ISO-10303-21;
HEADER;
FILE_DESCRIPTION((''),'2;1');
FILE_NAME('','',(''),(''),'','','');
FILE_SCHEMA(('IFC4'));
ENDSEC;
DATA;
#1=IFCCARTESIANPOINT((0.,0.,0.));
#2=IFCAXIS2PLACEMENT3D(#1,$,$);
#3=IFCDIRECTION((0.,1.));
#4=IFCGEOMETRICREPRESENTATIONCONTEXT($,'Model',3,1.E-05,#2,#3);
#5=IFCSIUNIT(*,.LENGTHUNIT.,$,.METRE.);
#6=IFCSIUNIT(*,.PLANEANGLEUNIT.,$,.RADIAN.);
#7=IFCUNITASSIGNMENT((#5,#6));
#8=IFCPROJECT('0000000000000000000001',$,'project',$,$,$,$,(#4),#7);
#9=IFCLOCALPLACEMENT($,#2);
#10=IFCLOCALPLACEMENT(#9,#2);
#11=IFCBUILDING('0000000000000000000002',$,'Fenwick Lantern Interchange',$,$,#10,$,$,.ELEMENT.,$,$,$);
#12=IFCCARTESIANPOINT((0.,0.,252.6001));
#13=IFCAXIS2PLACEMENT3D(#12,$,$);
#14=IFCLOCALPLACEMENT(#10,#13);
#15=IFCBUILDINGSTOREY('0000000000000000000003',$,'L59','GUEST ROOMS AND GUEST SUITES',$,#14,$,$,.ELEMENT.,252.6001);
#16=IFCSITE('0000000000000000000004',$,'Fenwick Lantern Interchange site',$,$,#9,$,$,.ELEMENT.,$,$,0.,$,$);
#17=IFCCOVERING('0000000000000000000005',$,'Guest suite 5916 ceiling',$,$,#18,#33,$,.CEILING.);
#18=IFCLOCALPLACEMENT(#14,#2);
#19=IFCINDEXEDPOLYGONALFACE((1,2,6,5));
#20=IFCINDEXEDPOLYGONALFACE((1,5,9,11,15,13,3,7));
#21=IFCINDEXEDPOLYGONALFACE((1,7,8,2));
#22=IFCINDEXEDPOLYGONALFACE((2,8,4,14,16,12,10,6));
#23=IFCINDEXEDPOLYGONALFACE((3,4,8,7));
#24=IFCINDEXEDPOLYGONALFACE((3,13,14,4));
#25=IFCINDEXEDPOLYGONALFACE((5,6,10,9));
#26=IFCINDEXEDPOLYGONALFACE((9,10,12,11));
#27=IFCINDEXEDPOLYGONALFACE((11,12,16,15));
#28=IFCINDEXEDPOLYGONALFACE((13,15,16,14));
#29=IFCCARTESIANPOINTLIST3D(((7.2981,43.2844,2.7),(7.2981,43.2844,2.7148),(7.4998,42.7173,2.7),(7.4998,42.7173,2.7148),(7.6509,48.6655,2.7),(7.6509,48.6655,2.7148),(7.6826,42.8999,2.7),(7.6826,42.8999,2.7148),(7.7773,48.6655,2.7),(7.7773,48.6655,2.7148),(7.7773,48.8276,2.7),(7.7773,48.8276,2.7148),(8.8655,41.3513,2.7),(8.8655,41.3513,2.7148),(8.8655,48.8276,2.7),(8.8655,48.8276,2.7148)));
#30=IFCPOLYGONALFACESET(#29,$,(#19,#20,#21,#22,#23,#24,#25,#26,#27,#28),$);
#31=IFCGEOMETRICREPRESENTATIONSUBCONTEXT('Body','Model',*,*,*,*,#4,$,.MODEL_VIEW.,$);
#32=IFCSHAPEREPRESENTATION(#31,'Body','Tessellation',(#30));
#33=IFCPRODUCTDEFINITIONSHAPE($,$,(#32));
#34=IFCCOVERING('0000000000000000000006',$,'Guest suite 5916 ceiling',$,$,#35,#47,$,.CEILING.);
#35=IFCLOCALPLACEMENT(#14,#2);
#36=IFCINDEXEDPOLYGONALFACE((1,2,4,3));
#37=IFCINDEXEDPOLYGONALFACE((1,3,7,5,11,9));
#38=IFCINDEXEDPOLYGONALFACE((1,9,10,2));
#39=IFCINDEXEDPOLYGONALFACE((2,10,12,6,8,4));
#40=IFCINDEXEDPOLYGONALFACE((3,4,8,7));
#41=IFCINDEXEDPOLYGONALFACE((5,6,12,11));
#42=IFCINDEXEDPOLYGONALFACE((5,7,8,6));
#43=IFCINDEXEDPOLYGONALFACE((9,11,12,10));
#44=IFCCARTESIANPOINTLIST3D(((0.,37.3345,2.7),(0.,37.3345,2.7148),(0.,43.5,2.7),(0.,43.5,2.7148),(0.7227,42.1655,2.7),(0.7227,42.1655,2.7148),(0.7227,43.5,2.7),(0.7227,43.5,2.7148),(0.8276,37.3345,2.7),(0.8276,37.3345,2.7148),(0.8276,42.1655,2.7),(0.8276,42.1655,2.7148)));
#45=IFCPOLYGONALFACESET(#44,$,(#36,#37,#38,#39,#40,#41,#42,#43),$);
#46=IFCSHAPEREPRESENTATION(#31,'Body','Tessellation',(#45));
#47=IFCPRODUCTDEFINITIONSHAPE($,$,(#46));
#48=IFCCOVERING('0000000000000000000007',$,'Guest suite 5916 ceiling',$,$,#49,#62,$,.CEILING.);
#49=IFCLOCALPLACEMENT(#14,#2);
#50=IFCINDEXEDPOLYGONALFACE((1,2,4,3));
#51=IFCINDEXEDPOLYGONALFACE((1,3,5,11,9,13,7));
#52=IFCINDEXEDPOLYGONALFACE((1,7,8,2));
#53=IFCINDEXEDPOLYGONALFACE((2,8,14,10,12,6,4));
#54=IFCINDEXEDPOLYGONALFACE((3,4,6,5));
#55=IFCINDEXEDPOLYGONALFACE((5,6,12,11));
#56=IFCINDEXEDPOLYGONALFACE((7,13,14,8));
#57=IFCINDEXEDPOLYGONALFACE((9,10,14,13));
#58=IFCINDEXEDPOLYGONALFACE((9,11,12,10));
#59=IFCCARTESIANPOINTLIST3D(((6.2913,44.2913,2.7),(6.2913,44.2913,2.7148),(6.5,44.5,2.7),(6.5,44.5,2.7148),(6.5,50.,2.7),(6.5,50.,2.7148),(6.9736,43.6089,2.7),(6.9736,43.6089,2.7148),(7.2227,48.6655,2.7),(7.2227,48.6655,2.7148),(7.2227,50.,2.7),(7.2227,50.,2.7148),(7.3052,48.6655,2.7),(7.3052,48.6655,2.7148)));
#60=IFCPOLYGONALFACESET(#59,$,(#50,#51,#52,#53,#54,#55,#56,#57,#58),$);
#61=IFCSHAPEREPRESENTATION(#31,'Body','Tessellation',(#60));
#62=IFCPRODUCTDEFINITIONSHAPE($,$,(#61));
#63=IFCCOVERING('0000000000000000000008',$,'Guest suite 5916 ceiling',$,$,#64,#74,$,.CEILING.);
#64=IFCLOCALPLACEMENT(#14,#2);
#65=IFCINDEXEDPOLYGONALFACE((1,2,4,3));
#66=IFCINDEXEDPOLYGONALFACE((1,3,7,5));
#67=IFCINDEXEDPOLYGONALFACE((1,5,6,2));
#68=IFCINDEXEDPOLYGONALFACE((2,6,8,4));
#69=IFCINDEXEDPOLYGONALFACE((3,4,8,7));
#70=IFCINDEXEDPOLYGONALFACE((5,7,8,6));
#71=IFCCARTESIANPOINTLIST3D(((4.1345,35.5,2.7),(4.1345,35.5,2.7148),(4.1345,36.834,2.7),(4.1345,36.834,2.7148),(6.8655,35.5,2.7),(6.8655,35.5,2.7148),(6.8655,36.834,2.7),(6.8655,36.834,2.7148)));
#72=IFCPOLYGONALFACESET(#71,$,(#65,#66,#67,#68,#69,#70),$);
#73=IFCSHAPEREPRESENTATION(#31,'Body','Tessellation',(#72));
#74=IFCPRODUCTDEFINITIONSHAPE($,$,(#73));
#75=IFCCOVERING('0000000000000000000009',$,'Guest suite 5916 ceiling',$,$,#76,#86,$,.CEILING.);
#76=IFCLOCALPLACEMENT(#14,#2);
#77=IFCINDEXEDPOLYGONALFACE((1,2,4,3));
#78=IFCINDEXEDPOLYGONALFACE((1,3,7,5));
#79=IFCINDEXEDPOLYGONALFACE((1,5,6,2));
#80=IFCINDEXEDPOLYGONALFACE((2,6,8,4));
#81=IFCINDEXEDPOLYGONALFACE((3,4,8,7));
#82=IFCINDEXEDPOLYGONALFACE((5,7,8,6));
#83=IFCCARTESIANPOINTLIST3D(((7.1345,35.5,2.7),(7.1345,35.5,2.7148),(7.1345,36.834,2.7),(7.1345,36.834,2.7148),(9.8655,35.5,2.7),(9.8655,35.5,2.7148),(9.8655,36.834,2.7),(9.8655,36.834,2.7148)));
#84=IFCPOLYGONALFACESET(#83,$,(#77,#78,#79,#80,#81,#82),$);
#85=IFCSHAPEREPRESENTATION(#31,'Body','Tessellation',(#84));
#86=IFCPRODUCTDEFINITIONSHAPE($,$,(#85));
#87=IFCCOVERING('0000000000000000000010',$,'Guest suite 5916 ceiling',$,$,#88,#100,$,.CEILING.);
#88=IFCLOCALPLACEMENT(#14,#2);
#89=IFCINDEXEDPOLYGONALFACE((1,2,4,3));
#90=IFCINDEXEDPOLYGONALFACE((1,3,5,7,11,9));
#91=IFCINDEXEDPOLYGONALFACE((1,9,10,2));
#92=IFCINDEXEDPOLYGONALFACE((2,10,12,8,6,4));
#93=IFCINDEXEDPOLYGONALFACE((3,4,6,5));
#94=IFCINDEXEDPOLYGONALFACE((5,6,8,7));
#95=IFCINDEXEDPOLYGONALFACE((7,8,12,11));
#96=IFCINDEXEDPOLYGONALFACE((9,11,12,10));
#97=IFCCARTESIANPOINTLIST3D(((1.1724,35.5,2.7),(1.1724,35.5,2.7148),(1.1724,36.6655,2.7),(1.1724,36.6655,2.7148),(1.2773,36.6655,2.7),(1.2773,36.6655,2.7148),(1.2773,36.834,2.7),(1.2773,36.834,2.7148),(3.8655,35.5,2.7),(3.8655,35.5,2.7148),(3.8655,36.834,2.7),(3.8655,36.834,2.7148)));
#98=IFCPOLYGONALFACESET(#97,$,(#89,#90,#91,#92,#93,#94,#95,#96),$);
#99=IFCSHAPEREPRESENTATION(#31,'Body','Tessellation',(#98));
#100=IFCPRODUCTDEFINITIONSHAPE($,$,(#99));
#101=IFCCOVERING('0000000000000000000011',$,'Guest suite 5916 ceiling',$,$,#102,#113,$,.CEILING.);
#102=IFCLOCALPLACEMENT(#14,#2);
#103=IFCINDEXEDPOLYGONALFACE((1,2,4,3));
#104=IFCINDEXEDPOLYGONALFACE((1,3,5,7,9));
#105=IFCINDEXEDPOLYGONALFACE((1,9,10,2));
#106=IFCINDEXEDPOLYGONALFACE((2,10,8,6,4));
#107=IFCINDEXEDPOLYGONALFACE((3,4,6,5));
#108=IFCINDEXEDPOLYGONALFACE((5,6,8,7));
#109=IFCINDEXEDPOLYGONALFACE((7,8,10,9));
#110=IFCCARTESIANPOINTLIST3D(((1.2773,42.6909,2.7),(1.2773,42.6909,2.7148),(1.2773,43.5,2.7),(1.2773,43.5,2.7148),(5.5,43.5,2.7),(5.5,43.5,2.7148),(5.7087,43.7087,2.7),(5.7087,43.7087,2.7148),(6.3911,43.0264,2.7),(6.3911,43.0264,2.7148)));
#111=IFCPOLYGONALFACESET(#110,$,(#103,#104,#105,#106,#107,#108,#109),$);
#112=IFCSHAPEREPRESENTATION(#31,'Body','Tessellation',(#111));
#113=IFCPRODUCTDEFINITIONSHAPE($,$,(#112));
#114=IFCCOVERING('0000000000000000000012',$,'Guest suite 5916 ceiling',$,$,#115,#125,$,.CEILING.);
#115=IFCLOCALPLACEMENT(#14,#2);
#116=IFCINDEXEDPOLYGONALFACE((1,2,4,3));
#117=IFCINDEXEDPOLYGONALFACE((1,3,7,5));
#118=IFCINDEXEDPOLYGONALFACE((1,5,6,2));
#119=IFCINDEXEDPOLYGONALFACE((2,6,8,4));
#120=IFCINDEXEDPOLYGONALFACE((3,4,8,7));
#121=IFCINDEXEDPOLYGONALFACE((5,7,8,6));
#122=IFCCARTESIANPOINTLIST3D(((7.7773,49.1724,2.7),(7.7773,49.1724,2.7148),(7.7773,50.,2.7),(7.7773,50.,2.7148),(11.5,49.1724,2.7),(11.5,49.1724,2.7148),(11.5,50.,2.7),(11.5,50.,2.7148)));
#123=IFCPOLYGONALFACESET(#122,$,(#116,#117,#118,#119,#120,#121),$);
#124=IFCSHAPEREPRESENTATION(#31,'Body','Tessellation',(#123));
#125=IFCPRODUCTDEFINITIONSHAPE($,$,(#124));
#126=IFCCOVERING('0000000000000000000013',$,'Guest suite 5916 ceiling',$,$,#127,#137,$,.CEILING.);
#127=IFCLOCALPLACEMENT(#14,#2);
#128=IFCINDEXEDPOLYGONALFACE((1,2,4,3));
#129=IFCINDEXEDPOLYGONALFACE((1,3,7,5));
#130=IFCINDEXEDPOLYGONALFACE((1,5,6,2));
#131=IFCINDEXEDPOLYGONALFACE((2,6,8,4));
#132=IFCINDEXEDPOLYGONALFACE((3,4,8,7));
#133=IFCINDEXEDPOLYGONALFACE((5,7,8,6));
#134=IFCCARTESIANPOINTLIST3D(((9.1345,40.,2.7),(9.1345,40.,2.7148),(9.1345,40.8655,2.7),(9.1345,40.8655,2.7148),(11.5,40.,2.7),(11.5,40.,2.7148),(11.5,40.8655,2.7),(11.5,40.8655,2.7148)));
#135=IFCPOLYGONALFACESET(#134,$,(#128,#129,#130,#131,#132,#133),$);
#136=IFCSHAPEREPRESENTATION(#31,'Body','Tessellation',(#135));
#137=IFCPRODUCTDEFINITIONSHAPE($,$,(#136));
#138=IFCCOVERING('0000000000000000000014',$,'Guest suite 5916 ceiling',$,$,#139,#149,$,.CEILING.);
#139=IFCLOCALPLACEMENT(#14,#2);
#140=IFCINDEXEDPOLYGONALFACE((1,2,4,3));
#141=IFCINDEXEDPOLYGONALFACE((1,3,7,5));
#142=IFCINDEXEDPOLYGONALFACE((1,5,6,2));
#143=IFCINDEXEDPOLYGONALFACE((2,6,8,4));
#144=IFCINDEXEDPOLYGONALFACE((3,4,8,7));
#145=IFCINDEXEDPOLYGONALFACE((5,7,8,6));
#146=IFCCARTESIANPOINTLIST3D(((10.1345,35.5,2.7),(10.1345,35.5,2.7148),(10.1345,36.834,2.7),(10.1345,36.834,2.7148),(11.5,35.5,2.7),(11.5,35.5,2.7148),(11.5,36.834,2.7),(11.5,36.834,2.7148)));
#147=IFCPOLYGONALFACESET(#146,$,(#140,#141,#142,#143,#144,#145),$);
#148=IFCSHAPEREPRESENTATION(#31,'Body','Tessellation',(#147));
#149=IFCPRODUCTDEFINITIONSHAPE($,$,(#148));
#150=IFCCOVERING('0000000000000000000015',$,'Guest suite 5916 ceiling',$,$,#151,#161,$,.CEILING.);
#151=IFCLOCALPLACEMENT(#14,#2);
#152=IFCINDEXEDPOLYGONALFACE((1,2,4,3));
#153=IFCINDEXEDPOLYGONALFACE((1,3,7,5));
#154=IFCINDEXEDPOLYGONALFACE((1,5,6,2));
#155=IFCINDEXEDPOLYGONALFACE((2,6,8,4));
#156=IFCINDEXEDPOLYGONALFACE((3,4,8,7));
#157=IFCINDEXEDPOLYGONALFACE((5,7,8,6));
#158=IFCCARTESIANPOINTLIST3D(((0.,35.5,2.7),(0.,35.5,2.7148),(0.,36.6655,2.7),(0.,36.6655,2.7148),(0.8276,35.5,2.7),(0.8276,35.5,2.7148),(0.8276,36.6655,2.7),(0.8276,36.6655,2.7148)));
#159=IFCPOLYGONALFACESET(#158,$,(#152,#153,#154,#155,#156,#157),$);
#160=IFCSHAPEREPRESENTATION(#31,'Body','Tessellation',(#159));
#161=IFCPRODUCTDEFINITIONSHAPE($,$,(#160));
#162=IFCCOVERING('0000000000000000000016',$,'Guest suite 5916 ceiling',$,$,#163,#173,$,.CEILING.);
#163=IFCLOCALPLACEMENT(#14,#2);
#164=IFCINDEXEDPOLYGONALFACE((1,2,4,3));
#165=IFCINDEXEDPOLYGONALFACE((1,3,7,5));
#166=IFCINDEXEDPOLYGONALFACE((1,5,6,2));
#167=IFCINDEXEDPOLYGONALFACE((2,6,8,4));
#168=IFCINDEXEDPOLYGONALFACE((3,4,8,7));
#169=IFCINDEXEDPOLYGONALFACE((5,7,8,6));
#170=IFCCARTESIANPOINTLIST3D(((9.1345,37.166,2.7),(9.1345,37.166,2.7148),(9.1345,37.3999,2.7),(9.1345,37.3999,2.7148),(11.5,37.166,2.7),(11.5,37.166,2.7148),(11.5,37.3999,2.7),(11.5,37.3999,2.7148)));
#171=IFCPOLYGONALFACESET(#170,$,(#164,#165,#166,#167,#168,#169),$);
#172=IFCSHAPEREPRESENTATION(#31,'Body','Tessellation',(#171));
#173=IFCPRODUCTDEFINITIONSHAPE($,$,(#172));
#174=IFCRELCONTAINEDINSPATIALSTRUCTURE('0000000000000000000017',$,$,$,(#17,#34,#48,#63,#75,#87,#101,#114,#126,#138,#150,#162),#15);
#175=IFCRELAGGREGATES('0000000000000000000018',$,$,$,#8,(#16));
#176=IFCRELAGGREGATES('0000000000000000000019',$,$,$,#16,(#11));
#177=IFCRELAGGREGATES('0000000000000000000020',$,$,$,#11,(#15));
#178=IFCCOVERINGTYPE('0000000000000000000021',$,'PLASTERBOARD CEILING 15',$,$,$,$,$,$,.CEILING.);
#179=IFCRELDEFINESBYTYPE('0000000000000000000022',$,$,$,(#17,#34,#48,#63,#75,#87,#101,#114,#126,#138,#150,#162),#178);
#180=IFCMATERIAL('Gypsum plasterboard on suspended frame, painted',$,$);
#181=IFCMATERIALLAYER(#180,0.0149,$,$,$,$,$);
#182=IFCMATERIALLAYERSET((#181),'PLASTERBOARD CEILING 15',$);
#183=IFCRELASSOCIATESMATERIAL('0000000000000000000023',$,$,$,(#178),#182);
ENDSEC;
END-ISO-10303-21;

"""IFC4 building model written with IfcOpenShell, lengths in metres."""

from ifc_helpers import new_model, si_unit, direction, frame, origin, place, context, subcontext, project, spatial, polyline, outline, extrude, material, layer, layer_set, type_object, element, save


model = new_model("IFC4")

# Units and contexts
model_context = context("Model", 3, precision=1e-05, world=origin(), true_north=direction((0.0, 1.0)))
body_context = subcontext(model_context, "Body", "Model", "MODEL_VIEW")
ifc_project = project(units=[si_unit("LENGTHUNIT", "METRE"), si_unit("PLANEANGLEUNIT", "RADIAN")], contexts=[model_context])

# Site, building, storey
site_placement = place(None, origin())
site = spatial("IfcSite", under=ifc_project, at=site_placement, Name="Fenwick Lantern Interchange site", CompositionType="ELEMENT", RefElevation=0.0)
building_placement = place(site_placement, origin())
building = spatial("IfcBuilding", under=site, at=building_placement, Name="Fenwick Lantern Interchange", CompositionType="ELEMENT")
storey_placement = place(building_placement, frame((0.0, 0.0, 252.6001)))
storey = spatial("IfcBuildingStorey", under=building, at=storey_placement, Name="L59", Description="GUEST ROOMS AND GUEST SUITES", CompositionType="ELEMENT", Elevation=252.6001)

# Coverings
ifc_material = material(Name="Gypsum plasterboard on suspended frame, painted")
ifc_layer = layer(ifc_material, 0.0149)
ifc_layer_set = layer_set([ifc_layer], Name="PLASTERBOARD CEILING 15")
covering_type = type_object("IfcCoveringType", Name="PLASTERBOARD CEILING 15", PredefinedType="CEILING", material=ifc_layer_set)
covering_1_placement = place(storey_placement, frame((0.0, 0.0, 2.7)))
element("IfcCovering", 1, at=covering_1_placement, inside=storey, type_object=covering_type, Name="Guest suite 5916 ceiling", PredefinedType="CEILING", context=body_context, shape_type="SweptSolid", body=[
    extrude(outline(polyline([(7.7773, 48.6655), (7.6509, 48.6655), (7.2981, 43.2844), (7.6826, 42.8999), (7.4998, 42.7173), (8.8655, 41.3513), (8.8655, 48.8276), (7.7773, 48.8276), (7.7773, 48.6655)])), origin(), (0.0, 0.0, 1.0), 0.0149),
])
covering_2_placement = place(storey_placement, frame((0.0, 0.0, 2.7)))
element("IfcCovering", 2, at=covering_2_placement, inside=storey, type_object=covering_type, Name="Guest suite 5916 ceiling", PredefinedType="CEILING", context=body_context, shape_type="SweptSolid", body=[
    extrude(outline(polyline([(0.0, 37.3345), (0.8276, 37.3345), (0.8276, 42.1655), (0.7227, 42.1655), (0.7227, 43.5), (0.0, 43.5), (0.0, 37.3345)])), origin(), (0.0, 0.0, 1.0), 0.0149),
])
covering_3_placement = place(storey_placement, frame((0.0, 0.0, 2.7)))
element("IfcCovering", 3, at=covering_3_placement, inside=storey, type_object=covering_type, Name="Guest suite 5916 ceiling", PredefinedType="CEILING", context=body_context, shape_type="SweptSolid", body=[
    extrude(outline(polyline([(7.3052, 48.6655), (7.2227, 48.6655), (7.2227, 50.0), (6.5, 50.0), (6.5, 44.5), (6.2913, 44.2913), (6.9736, 43.6089), (7.3052, 48.6655)])), origin(), (0.0, 0.0, 1.0), 0.0149),
])
covering_4_placement = place(storey_placement, frame((0.0, 0.0, 2.7)))
element("IfcCovering", 4, at=covering_4_placement, inside=storey, type_object=covering_type, Name="Guest suite 5916 ceiling", PredefinedType="CEILING", context=body_context, shape_type="SweptSolid", body=[
    extrude(outline(polyline([(4.1345, 35.5), (6.8655, 35.5), (6.8655, 36.834), (4.1345, 36.834), (4.1345, 35.5)])), origin(), (0.0, 0.0, 1.0), 0.0149),
])
covering_5_placement = place(storey_placement, frame((0.0, 0.0, 2.7)))
element("IfcCovering", 5, at=covering_5_placement, inside=storey, type_object=covering_type, Name="Guest suite 5916 ceiling", PredefinedType="CEILING", context=body_context, shape_type="SweptSolid", body=[
    extrude(outline(polyline([(7.1345, 35.5), (9.8655, 35.5), (9.8655, 36.834), (7.1345, 36.834), (7.1345, 35.5)])), origin(), (0.0, 0.0, 1.0), 0.0149),
])
covering_6_placement = place(storey_placement, frame((0.0, 0.0, 2.7)))
element("IfcCovering", 6, at=covering_6_placement, inside=storey, type_object=covering_type, Name="Guest suite 5916 ceiling", PredefinedType="CEILING", context=body_context, shape_type="SweptSolid", body=[
    extrude(outline(polyline([(1.1724, 35.5), (3.8655, 35.5), (3.8655, 36.834), (1.2773, 36.834), (1.2773, 36.6655), (1.1724, 36.6655), (1.1724, 35.5)])), origin(), (0.0, 0.0, 1.0), 0.0149),
])
covering_7_placement = place(storey_placement, frame((0.0, 0.0, 2.7)))
element("IfcCovering", 7, at=covering_7_placement, inside=storey, type_object=covering_type, Name="Guest suite 5916 ceiling", PredefinedType="CEILING", context=body_context, shape_type="SweptSolid", body=[
    extrude(outline(polyline([(1.2773, 43.5), (1.2773, 42.6909), (6.3911, 43.0264), (5.7087, 43.7087), (5.5, 43.5), (1.2773, 43.5)])), origin(), (0.0, 0.0, 1.0), 0.0149),
])
covering_8_placement = place(storey_placement, frame((0.0, 0.0, 2.7)))
element("IfcCovering", 8, at=covering_8_placement, inside=storey, type_object=covering_type, Name="Guest suite 5916 ceiling", PredefinedType="CEILING", context=body_context, shape_type="SweptSolid", body=[
    extrude(outline(polyline([(7.7773, 50.0), (7.7773, 49.1724), (11.5, 49.1724), (11.5, 50.0), (7.7773, 50.0)])), origin(), (0.0, 0.0, 1.0), 0.0149),
])
covering_9_placement = place(storey_placement, frame((0.0, 0.0, 2.7)))
element("IfcCovering", 9, at=covering_9_placement, inside=storey, type_object=covering_type, Name="Guest suite 5916 ceiling", PredefinedType="CEILING", context=body_context, shape_type="SweptSolid", body=[
    extrude(outline(polyline([(11.5, 40.0), (11.5, 40.8655), (9.1345, 40.8655), (9.1345, 40.0), (11.5, 40.0)])), origin(), (0.0, 0.0, 1.0), 0.0149),
])
covering_10_placement = place(storey_placement, frame((0.0, 0.0, 2.7)))
element("IfcCovering", 10, at=covering_10_placement, inside=storey, type_object=covering_type, Name="Guest suite 5916 ceiling", PredefinedType="CEILING", context=body_context, shape_type="SweptSolid", body=[
    extrude(outline(polyline([(11.5, 35.5), (11.5, 36.834), (10.1345, 36.834), (10.1345, 35.5), (11.5, 35.5)])), origin(), (0.0, 0.0, 1.0), 0.0149),
])
covering_11_placement = place(storey_placement, frame((0.0, 0.0, 2.7)))
element("IfcCovering", 11, at=covering_11_placement, inside=storey, type_object=covering_type, Name="Guest suite 5916 ceiling", PredefinedType="CEILING", context=body_context, shape_type="SweptSolid", body=[
    extrude(outline(polyline([(0.0, 35.5), (0.8276, 35.5), (0.8276, 36.6655), (0.0, 36.6655), (0.0, 35.5)])), origin(), (0.0, 0.0, 1.0), 0.0149),
])
covering_12_placement = place(storey_placement, frame((0.0, 0.0, 2.7)))
element("IfcCovering", 12, at=covering_12_placement, inside=storey, type_object=covering_type, Name="Guest suite 5916 ceiling", PredefinedType="CEILING", context=body_context, shape_type="SweptSolid", body=[
    extrude(outline(polyline([(11.5, 37.3999), (9.1345, 37.3999), (9.1345, 37.166), (11.5, 37.166), (11.5, 37.3999)])), origin(), (0.0, 0.0, 1.0), 0.0149),
])

save(model, "model.ifc")
